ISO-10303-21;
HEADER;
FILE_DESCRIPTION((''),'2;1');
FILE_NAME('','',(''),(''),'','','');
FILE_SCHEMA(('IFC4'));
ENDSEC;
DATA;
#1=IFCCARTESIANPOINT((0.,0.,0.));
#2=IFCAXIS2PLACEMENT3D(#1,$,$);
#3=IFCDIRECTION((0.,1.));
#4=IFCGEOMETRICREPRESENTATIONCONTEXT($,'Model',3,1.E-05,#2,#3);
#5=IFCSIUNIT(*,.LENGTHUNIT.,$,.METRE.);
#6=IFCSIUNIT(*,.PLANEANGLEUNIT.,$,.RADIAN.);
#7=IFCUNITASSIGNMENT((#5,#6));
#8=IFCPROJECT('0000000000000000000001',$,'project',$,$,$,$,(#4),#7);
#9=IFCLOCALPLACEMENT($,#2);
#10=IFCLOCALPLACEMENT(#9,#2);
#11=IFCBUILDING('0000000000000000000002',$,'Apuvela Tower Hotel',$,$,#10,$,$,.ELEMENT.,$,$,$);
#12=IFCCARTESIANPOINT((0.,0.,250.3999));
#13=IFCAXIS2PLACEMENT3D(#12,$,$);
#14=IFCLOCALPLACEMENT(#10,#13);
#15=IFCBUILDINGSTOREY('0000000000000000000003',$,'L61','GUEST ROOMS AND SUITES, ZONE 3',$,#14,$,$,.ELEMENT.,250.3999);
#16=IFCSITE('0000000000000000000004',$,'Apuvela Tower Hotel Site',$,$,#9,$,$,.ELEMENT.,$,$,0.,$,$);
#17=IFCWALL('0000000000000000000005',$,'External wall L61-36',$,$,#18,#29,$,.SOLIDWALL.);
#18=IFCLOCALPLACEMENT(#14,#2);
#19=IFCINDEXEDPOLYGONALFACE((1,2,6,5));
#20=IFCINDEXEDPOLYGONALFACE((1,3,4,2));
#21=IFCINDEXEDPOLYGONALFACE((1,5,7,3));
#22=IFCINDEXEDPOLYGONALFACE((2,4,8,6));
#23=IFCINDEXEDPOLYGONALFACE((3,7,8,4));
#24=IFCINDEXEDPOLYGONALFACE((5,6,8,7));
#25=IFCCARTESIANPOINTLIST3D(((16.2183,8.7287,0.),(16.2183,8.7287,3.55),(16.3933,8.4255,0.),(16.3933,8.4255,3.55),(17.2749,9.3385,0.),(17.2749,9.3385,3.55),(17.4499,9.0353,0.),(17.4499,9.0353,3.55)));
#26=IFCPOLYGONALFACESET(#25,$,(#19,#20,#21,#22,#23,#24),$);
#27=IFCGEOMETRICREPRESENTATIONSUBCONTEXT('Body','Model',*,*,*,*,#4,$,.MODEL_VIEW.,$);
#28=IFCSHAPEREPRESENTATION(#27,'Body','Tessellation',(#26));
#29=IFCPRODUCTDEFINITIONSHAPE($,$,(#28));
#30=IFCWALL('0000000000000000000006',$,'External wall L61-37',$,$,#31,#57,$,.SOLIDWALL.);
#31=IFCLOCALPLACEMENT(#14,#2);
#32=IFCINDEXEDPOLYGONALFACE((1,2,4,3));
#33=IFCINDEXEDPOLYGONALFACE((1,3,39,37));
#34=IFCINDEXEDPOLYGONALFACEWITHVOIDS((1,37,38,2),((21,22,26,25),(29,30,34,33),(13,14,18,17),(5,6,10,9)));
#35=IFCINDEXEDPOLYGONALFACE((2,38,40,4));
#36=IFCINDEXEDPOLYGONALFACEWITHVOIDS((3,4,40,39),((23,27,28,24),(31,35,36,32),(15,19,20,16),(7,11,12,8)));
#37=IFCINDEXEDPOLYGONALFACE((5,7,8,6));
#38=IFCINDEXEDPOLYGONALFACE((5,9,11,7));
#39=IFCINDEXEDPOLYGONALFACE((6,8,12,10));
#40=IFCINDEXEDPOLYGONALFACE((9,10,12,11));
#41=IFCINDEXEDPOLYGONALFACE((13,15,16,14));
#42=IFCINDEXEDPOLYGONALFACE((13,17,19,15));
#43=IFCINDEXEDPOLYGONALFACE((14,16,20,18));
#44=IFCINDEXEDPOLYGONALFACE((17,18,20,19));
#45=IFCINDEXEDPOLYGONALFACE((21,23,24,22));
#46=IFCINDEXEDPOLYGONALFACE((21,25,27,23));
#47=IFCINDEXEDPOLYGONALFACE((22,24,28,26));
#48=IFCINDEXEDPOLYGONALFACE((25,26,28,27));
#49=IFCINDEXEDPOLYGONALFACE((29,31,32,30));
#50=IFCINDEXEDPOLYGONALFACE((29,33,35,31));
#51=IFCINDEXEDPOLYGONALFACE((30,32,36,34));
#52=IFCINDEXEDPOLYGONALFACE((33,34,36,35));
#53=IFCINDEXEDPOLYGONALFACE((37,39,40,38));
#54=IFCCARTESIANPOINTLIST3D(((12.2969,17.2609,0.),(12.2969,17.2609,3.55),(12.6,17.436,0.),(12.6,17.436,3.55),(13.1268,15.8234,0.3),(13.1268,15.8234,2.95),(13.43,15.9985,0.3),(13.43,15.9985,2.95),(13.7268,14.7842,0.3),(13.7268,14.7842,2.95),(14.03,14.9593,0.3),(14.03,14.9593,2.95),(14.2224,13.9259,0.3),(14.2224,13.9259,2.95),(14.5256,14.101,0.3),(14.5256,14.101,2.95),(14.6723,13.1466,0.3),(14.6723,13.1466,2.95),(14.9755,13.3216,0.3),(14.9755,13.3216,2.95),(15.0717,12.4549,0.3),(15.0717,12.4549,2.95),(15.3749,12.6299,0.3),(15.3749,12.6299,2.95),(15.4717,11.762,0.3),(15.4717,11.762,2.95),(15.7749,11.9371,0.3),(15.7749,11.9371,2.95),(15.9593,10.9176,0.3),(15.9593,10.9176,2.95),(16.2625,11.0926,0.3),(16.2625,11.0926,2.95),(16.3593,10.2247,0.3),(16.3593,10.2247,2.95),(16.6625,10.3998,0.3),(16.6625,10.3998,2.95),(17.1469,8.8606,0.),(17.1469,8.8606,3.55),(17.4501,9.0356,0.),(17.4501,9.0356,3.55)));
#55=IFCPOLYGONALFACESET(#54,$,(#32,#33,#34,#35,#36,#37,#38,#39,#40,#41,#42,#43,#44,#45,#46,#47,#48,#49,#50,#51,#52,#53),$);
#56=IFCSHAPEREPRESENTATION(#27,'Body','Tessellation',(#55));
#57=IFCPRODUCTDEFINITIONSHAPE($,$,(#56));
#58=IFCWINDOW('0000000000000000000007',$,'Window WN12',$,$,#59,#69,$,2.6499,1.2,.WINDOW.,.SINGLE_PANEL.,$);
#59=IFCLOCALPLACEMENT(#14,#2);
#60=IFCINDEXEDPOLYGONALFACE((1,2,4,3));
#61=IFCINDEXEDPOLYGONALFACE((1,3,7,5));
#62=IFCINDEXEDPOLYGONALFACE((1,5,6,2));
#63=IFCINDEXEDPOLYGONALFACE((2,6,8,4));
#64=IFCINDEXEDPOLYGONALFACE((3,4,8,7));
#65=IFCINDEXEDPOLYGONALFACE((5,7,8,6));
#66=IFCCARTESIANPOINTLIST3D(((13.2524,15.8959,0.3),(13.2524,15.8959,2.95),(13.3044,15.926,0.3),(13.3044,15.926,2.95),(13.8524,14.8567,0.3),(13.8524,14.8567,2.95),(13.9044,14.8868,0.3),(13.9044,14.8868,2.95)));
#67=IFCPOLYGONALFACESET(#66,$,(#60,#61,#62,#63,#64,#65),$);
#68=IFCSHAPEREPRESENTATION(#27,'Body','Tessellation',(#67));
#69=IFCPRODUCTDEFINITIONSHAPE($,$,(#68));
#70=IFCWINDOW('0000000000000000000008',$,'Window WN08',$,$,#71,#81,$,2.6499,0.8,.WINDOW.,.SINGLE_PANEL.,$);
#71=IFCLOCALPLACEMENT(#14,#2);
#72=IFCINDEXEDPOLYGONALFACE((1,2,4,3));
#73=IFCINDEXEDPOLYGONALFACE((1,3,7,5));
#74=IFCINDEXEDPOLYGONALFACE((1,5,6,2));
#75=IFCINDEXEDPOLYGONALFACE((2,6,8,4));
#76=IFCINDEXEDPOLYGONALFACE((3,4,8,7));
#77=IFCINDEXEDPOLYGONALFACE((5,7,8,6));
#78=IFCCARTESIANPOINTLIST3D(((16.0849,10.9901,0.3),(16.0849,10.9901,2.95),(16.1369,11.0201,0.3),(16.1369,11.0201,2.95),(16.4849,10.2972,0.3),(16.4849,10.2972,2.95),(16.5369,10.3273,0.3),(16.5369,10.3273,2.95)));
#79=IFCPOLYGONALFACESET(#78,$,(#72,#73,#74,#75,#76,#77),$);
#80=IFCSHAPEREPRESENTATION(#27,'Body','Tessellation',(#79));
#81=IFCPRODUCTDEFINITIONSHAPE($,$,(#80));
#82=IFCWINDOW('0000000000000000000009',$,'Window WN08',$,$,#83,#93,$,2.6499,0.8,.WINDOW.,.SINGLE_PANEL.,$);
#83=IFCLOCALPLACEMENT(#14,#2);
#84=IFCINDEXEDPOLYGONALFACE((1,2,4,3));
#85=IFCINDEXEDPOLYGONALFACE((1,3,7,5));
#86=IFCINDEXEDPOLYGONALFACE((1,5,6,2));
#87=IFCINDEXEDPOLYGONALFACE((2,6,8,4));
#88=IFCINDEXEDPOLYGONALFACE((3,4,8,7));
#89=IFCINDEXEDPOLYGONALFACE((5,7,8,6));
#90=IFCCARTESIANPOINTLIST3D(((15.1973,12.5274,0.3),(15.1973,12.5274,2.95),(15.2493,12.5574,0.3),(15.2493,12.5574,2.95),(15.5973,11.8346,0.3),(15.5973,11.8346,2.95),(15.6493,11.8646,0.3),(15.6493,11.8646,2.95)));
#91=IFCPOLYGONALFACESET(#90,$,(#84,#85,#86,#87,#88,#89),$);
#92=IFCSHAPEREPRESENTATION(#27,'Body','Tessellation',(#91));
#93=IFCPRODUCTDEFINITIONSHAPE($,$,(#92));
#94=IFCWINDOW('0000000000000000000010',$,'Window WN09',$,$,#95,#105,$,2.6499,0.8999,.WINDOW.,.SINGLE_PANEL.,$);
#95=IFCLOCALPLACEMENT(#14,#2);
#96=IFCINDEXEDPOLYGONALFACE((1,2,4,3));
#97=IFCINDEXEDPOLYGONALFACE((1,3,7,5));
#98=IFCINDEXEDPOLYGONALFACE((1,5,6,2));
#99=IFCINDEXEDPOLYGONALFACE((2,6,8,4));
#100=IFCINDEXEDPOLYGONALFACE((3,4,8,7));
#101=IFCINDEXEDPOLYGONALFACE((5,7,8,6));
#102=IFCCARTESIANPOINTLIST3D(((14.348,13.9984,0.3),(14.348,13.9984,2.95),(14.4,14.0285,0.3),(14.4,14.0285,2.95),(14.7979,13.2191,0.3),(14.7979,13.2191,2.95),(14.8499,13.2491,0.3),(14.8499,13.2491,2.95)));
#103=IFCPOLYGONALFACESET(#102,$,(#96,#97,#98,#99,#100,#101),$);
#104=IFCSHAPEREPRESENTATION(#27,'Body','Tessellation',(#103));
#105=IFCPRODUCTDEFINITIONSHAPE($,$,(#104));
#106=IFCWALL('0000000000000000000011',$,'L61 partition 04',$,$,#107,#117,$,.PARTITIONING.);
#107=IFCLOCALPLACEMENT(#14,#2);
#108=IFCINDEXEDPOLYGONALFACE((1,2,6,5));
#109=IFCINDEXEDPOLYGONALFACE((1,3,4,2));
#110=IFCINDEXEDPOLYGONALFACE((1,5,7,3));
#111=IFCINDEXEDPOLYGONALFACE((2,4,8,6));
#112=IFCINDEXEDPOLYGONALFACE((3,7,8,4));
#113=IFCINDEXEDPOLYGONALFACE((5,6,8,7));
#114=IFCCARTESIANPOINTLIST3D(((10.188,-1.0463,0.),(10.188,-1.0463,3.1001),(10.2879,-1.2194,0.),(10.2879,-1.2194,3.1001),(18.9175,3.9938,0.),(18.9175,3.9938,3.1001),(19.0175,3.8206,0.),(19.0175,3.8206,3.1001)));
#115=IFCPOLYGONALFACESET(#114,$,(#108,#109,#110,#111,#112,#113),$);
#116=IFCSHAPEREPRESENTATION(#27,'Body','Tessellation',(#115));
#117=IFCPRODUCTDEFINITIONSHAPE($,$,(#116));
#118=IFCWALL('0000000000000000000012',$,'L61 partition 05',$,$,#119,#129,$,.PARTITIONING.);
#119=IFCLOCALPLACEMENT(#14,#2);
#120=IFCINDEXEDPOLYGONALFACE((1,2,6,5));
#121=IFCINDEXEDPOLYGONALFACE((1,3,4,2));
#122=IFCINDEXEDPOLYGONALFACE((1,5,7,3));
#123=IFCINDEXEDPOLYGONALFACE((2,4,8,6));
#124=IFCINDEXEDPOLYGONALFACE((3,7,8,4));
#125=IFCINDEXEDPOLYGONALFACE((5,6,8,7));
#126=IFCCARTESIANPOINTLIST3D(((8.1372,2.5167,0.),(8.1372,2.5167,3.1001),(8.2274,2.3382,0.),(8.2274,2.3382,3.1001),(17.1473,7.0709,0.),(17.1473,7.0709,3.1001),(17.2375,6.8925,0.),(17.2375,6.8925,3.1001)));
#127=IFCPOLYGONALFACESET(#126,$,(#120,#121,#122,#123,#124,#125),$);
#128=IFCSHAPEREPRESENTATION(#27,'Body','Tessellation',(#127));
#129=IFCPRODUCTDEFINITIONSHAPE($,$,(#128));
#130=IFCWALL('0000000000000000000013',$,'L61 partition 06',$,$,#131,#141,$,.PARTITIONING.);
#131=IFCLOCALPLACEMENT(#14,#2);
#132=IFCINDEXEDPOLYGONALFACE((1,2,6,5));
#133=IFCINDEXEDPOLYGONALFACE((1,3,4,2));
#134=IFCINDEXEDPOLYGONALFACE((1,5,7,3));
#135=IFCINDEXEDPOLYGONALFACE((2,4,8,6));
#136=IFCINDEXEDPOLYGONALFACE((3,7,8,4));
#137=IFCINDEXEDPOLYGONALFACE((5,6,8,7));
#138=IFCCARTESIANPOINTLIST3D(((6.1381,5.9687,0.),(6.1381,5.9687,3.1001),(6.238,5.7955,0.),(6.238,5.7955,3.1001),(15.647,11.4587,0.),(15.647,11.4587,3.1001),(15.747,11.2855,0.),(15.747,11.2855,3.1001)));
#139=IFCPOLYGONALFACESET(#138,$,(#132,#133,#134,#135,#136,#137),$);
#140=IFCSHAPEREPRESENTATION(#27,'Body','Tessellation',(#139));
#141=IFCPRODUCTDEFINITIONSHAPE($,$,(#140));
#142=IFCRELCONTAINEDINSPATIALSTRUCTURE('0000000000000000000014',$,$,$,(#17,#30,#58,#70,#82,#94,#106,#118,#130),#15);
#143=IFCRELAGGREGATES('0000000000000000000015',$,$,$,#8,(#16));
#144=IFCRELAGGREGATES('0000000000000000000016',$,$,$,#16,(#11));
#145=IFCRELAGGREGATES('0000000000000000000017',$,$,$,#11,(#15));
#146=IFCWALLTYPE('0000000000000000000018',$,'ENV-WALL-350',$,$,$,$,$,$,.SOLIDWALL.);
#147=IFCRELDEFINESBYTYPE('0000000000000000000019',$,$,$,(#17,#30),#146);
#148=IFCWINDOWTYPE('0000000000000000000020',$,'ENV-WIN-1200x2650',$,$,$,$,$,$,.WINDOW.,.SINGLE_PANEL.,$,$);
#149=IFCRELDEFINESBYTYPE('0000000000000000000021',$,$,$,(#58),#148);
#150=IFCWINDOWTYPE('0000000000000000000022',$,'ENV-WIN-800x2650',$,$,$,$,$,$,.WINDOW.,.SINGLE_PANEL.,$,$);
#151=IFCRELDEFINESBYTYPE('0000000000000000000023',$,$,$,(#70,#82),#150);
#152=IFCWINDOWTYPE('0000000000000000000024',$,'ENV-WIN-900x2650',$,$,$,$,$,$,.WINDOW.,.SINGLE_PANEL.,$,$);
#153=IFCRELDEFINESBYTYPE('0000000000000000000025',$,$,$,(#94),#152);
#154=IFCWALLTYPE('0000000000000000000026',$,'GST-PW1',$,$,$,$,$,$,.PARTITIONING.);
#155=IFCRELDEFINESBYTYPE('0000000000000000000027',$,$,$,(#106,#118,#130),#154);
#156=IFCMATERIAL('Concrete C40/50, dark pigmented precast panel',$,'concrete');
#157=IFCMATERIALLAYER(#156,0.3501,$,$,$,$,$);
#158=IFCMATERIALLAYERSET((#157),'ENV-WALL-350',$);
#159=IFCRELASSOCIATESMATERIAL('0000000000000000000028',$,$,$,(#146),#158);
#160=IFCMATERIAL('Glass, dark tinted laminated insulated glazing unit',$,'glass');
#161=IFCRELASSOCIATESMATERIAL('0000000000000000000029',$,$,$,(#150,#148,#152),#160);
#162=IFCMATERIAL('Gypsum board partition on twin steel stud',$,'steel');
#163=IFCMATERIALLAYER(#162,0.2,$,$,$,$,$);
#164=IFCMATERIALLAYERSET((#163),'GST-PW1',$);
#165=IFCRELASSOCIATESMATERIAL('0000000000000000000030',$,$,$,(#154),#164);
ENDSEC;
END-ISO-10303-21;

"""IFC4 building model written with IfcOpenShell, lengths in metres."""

from ifc_helpers import new_model, si_unit, direction, frame, frame_2d, origin, place, context, subcontext, project, spatial, rectangle, extrude, material, layer, layer_set, type_object, element, fill, save


model = new_model("IFC4")

# Units and contexts
model_context = context("Model", 3, precision=1e-05, world=origin(), true_north=direction((0.0, 1.0)))
body_context = subcontext(model_context, "Body", "Model", "MODEL_VIEW")
ifc_project = project(units=[si_unit("LENGTHUNIT", "METRE"), si_unit("PLANEANGLEUNIT", "RADIAN")], contexts=[model_context])

# Site, building, storey
site_placement = place(None, origin())
site = spatial("IfcSite", under=ifc_project, at=site_placement, Name="Apuvela Tower Hotel Site", CompositionType="ELEMENT", RefElevation=0.0)
building_placement = place(site_placement, origin())
building = spatial("IfcBuilding", under=site, at=building_placement, Name="Apuvela Tower Hotel", CompositionType="ELEMENT")
storey_placement = place(building_placement, frame((0.0, 0.0, 250.3999)))
storey = spatial("IfcBuildingStorey", under=building, at=storey_placement, Name="L61", Description="GUEST ROOMS AND SUITES, ZONE 3", CompositionType="ELEMENT", Elevation=250.3999)

# Shared definitions
ifc_material_1 = material(Name="Concrete C40/50, dark pigmented precast panel", Category="concrete")
ifc_layer_1 = layer(ifc_material_1, 0.3501)
ifc_layer_set_1 = layer_set([ifc_layer_1], Name="ENV-WALL-350")
wall_type_1 = type_object("IfcWallType", Name="ENV-WALL-350", PredefinedType="SOLIDWALL", material=ifc_layer_set_1)

# Shared definitions
ifc_material_2 = material(Name="Glass, dark tinted laminated insulated glazing unit", Category="glass")
window_type_1 = type_object("IfcWindowType", Name="ENV-WIN-800x2650", PartitioningType="SINGLE_PANEL", PredefinedType="WINDOW", material=ifc_material_2)

# Wall
wall_1_placement = place(storey_placement, frame((16.3059, 8.5771, 0.0), z_axis=(0.0, 0.0, 1.0), x_axis=(0.866092, 0.499884, 0.0)))
element("IfcWall", 1, at=wall_1_placement, inside=storey, type_object=wall_type_1, Name="External wall L61-36", PredefinedType="SOLIDWALL", context=body_context, shape_type="SweptSolid", body=[
    extrude(rectangle(XDim=1.22, YDim=0.3501, at=frame_2d((0.6099, 0.0))), origin(), (0.0, 0.0, 1.0), 3.55),
])

# Wall, openings, windows
wall_2_placement = place(storey_placement, frame((17.2986, 8.948, 0.0), z_axis=(0.0, 0.0, 1.0), x_axis=(-0.50001, 0.86602, 0.0)))
wall_2 = element("IfcWall", 2, at=wall_2_placement, inside=storey, type_object=wall_type_1, Name="External wall L61-37", PredefinedType="SOLIDWALL", context=body_context, shape_type="SweptSolid", body=[
    extrude(rectangle(XDim=9.7, YDim=0.3501, at=frame_2d((4.8501, 0.0))), origin(), (0.0, 0.0, 1.0), 3.55),
])
opening_1_placement = place(wall_2_placement, frame((1.5754, 0.0, 0.3)))
opening_1 = element("IfcOpeningElement", 3, at=opening_1_placement, cuts=wall_2, PredefinedType="OPENING", context=body_context, shape_type="SweptSolid", body=[
    extrude(rectangle(XDim=0.8, YDim=2.6499, at=frame_2d((0.3999, 1.325))), frame((0.0, 0.1851, 0.0), z_axis=(0.0, -1.0, 0.0), x_axis=(1.0, 0.0, 0.0)), (0.0, 0.0, 1.0), 0.3701),
])
opening_2_placement = place(wall_2_placement, frame((3.3506, 0.0, 0.3)))
opening_2 = element("IfcOpeningElement", 4, at=opening_2_placement, cuts=wall_2, PredefinedType="OPENING", context=body_context, shape_type="SweptSolid", body=[
    extrude(rectangle(XDim=0.8, YDim=2.6499, at=frame_2d((0.3999, 1.325))), frame((0.0, 0.1851, 0.0), z_axis=(0.0, -1.0, 0.0), x_axis=(1.0, 0.0, 0.0)), (0.0, 0.0, 1.0), 0.3701),
])
opening_3_placement = place(wall_2_placement, frame((4.9492, 0.0, 0.3)))
opening_3 = element("IfcOpeningElement", 5, at=opening_3_placement, cuts=wall_2, PredefinedType="OPENING", context=body_context, shape_type="SweptSolid", body=[
    extrude(rectangle(XDim=0.8999, YDim=2.6499, at=frame_2d((0.45, 1.325))), frame((0.0, 0.1851, 0.0), z_axis=(0.0, -1.0, 0.0), x_axis=(1.0, 0.0, 0.0)), (0.0, 0.0, 1.0), 0.3701),
])
opening_4_placement = place(wall_2_placement, frame((6.8401, 0.0, 0.3)))
opening_4 = element("IfcOpeningElement", 6, at=opening_4_placement, cuts=wall_2, PredefinedType="OPENING", context=body_context, shape_type="SweptSolid", body=[
    extrude(rectangle(XDim=1.2, YDim=2.6499, at=frame_2d((0.6001, 1.325))), frame((0.0, 0.1851, 0.0), z_axis=(0.0, -1.0, 0.0), x_axis=(1.0, 0.0, 0.0)), (0.0, 0.0, 1.0), 0.3701),
])
window_type_2 = type_object("IfcWindowType", Name="ENV-WIN-1200x2650", PartitioningType="SINGLE_PANEL", PredefinedType="WINDOW", material=ifc_material_2)
window_1_placement = place(opening_4_placement, origin())
window_1 = element("IfcWindow", 7, at=window_1_placement, inside=storey, type_object=window_type_2, Name="Window WN12", OverallHeight=2.6499, OverallWidth=1.2, PartitioningType="SINGLE_PANEL", PredefinedType="WINDOW", context=body_context, shape_type="SweptSolid", body=[
    extrude(rectangle(XDim=1.2, YDim=2.6499, at=frame_2d((0.6001, 1.325))), frame((0.0, 0.03, 0.0), z_axis=(0.0, -1.0, 0.0), x_axis=(1.0, 0.0, 0.0)), (0.0, 0.0, 1.0), 0.0601),
])
fill(opening_4, window_1)
window_2_placement = place(opening_1_placement, origin())
window_2 = element("IfcWindow", 8, at=window_2_placement, inside=storey, type_object=window_type_1, Name="Window WN08", OverallHeight=2.6499, OverallWidth=0.8, PartitioningType="SINGLE_PANEL", PredefinedType="WINDOW", context=body_context, shape_type="SweptSolid", body=[
    extrude(rectangle(XDim=0.8, YDim=2.6499, at=frame_2d((0.3999, 1.325))), frame((0.0, 0.03, 0.0), z_axis=(0.0, -1.0, 0.0), x_axis=(1.0, 0.0, 0.0)), (0.0, 0.0, 1.0), 0.0601),
])
fill(opening_1, window_2)
window_3_placement = place(opening_2_placement, origin())
window_3 = element("IfcWindow", 9, at=window_3_placement, inside=storey, type_object=window_type_1, Name="Window WN08", OverallHeight=2.6499, OverallWidth=0.8, PartitioningType="SINGLE_PANEL", PredefinedType="WINDOW", context=body_context, shape_type="SweptSolid", body=[
    extrude(rectangle(XDim=0.8, YDim=2.6499, at=frame_2d((0.3999, 1.325))), frame((0.0, 0.03, 0.0), z_axis=(0.0, -1.0, 0.0), x_axis=(1.0, 0.0, 0.0)), (0.0, 0.0, 1.0), 0.0601),
])
fill(opening_2, window_3)
window_type_3 = type_object("IfcWindowType", Name="ENV-WIN-900x2650", PartitioningType="SINGLE_PANEL", PredefinedType="WINDOW", material=ifc_material_2)
window_4_placement = place(opening_3_placement, origin())
window_4 = element("IfcWindow", 10, at=window_4_placement, inside=storey, type_object=window_type_3, Name="Window WN09", OverallHeight=2.6499, OverallWidth=0.8999, PartitioningType="SINGLE_PANEL", PredefinedType="WINDOW", context=body_context, shape_type="SweptSolid", body=[
    extrude(rectangle(XDim=0.8999, YDim=2.6499, at=frame_2d((0.45, 1.325))), frame((0.0, 0.03, 0.0), z_axis=(0.0, -1.0, 0.0), x_axis=(1.0, 0.0, 0.0)), (0.0, 0.0, 1.0), 0.0601),
])
fill(opening_3, window_4)

# Walls
ifc_material_3 = material(Name="Gypsum board partition on twin steel stud", Category="steel")
ifc_layer_2 = layer(ifc_material_3, 0.2)
ifc_layer_set_2 = layer_set([ifc_layer_2], Name="GST-PW1")
wall_type_2 = type_object("IfcWallType", Name="GST-PW1", PredefinedType="PARTITIONING", material=ifc_layer_set_2)
wall_3_placement = place(storey_placement, frame((18.9675, 3.9072, 0.0), z_axis=(0.0, 0.0, 1.0), x_axis=(-0.866023, -0.500005, 0.0)))
element("IfcWall", 11, at=wall_3_placement, inside=storey, type_object=wall_type_2, Name="L61 partition 04", PredefinedType="PARTITIONING", context=body_context, shape_type="SweptSolid", body=[
    extrude(rectangle(XDim=10.0801, YDim=0.2, at=frame_2d((5.04, 0.0))), origin(), (0.0, 0.0, 1.0), 3.1001),
])
wall_4_placement = place(storey_placement, frame((17.1924, 6.9817, 0.0), z_axis=(0.0, 0.0, 1.0), x_axis=(-0.89247, -0.451108, 0.0)))
element("IfcWall", 12, at=wall_4_placement, inside=storey, type_object=wall_type_2, Name="L61 partition 05", PredefinedType="PARTITIONING", context=body_context, shape_type="SweptSolid", body=[
    extrude(rectangle(XDim=10.0957, YDim=0.2, at=frame_2d((5.0479, 0.0))), origin(), (0.0, 0.0, 1.0), 3.1001),
])
wall_5_placement = place(storey_placement, frame((15.697, 11.3721, 0.0), z_axis=(0.0, 0.0, 1.0), x_axis=(-0.866027, -0.499996, 0.0)))
element("IfcWall", 13, at=wall_5_placement, inside=storey, type_object=wall_type_2, Name="L61 partition 06", PredefinedType="PARTITIONING", context=body_context, shape_type="SweptSolid", body=[
    extrude(rectangle(XDim=10.98, YDim=0.2, at=frame_2d((5.49, 0.0))), origin(), (0.0, 0.0, 1.0), 3.1001),
])

save(model, "model.ifc")
